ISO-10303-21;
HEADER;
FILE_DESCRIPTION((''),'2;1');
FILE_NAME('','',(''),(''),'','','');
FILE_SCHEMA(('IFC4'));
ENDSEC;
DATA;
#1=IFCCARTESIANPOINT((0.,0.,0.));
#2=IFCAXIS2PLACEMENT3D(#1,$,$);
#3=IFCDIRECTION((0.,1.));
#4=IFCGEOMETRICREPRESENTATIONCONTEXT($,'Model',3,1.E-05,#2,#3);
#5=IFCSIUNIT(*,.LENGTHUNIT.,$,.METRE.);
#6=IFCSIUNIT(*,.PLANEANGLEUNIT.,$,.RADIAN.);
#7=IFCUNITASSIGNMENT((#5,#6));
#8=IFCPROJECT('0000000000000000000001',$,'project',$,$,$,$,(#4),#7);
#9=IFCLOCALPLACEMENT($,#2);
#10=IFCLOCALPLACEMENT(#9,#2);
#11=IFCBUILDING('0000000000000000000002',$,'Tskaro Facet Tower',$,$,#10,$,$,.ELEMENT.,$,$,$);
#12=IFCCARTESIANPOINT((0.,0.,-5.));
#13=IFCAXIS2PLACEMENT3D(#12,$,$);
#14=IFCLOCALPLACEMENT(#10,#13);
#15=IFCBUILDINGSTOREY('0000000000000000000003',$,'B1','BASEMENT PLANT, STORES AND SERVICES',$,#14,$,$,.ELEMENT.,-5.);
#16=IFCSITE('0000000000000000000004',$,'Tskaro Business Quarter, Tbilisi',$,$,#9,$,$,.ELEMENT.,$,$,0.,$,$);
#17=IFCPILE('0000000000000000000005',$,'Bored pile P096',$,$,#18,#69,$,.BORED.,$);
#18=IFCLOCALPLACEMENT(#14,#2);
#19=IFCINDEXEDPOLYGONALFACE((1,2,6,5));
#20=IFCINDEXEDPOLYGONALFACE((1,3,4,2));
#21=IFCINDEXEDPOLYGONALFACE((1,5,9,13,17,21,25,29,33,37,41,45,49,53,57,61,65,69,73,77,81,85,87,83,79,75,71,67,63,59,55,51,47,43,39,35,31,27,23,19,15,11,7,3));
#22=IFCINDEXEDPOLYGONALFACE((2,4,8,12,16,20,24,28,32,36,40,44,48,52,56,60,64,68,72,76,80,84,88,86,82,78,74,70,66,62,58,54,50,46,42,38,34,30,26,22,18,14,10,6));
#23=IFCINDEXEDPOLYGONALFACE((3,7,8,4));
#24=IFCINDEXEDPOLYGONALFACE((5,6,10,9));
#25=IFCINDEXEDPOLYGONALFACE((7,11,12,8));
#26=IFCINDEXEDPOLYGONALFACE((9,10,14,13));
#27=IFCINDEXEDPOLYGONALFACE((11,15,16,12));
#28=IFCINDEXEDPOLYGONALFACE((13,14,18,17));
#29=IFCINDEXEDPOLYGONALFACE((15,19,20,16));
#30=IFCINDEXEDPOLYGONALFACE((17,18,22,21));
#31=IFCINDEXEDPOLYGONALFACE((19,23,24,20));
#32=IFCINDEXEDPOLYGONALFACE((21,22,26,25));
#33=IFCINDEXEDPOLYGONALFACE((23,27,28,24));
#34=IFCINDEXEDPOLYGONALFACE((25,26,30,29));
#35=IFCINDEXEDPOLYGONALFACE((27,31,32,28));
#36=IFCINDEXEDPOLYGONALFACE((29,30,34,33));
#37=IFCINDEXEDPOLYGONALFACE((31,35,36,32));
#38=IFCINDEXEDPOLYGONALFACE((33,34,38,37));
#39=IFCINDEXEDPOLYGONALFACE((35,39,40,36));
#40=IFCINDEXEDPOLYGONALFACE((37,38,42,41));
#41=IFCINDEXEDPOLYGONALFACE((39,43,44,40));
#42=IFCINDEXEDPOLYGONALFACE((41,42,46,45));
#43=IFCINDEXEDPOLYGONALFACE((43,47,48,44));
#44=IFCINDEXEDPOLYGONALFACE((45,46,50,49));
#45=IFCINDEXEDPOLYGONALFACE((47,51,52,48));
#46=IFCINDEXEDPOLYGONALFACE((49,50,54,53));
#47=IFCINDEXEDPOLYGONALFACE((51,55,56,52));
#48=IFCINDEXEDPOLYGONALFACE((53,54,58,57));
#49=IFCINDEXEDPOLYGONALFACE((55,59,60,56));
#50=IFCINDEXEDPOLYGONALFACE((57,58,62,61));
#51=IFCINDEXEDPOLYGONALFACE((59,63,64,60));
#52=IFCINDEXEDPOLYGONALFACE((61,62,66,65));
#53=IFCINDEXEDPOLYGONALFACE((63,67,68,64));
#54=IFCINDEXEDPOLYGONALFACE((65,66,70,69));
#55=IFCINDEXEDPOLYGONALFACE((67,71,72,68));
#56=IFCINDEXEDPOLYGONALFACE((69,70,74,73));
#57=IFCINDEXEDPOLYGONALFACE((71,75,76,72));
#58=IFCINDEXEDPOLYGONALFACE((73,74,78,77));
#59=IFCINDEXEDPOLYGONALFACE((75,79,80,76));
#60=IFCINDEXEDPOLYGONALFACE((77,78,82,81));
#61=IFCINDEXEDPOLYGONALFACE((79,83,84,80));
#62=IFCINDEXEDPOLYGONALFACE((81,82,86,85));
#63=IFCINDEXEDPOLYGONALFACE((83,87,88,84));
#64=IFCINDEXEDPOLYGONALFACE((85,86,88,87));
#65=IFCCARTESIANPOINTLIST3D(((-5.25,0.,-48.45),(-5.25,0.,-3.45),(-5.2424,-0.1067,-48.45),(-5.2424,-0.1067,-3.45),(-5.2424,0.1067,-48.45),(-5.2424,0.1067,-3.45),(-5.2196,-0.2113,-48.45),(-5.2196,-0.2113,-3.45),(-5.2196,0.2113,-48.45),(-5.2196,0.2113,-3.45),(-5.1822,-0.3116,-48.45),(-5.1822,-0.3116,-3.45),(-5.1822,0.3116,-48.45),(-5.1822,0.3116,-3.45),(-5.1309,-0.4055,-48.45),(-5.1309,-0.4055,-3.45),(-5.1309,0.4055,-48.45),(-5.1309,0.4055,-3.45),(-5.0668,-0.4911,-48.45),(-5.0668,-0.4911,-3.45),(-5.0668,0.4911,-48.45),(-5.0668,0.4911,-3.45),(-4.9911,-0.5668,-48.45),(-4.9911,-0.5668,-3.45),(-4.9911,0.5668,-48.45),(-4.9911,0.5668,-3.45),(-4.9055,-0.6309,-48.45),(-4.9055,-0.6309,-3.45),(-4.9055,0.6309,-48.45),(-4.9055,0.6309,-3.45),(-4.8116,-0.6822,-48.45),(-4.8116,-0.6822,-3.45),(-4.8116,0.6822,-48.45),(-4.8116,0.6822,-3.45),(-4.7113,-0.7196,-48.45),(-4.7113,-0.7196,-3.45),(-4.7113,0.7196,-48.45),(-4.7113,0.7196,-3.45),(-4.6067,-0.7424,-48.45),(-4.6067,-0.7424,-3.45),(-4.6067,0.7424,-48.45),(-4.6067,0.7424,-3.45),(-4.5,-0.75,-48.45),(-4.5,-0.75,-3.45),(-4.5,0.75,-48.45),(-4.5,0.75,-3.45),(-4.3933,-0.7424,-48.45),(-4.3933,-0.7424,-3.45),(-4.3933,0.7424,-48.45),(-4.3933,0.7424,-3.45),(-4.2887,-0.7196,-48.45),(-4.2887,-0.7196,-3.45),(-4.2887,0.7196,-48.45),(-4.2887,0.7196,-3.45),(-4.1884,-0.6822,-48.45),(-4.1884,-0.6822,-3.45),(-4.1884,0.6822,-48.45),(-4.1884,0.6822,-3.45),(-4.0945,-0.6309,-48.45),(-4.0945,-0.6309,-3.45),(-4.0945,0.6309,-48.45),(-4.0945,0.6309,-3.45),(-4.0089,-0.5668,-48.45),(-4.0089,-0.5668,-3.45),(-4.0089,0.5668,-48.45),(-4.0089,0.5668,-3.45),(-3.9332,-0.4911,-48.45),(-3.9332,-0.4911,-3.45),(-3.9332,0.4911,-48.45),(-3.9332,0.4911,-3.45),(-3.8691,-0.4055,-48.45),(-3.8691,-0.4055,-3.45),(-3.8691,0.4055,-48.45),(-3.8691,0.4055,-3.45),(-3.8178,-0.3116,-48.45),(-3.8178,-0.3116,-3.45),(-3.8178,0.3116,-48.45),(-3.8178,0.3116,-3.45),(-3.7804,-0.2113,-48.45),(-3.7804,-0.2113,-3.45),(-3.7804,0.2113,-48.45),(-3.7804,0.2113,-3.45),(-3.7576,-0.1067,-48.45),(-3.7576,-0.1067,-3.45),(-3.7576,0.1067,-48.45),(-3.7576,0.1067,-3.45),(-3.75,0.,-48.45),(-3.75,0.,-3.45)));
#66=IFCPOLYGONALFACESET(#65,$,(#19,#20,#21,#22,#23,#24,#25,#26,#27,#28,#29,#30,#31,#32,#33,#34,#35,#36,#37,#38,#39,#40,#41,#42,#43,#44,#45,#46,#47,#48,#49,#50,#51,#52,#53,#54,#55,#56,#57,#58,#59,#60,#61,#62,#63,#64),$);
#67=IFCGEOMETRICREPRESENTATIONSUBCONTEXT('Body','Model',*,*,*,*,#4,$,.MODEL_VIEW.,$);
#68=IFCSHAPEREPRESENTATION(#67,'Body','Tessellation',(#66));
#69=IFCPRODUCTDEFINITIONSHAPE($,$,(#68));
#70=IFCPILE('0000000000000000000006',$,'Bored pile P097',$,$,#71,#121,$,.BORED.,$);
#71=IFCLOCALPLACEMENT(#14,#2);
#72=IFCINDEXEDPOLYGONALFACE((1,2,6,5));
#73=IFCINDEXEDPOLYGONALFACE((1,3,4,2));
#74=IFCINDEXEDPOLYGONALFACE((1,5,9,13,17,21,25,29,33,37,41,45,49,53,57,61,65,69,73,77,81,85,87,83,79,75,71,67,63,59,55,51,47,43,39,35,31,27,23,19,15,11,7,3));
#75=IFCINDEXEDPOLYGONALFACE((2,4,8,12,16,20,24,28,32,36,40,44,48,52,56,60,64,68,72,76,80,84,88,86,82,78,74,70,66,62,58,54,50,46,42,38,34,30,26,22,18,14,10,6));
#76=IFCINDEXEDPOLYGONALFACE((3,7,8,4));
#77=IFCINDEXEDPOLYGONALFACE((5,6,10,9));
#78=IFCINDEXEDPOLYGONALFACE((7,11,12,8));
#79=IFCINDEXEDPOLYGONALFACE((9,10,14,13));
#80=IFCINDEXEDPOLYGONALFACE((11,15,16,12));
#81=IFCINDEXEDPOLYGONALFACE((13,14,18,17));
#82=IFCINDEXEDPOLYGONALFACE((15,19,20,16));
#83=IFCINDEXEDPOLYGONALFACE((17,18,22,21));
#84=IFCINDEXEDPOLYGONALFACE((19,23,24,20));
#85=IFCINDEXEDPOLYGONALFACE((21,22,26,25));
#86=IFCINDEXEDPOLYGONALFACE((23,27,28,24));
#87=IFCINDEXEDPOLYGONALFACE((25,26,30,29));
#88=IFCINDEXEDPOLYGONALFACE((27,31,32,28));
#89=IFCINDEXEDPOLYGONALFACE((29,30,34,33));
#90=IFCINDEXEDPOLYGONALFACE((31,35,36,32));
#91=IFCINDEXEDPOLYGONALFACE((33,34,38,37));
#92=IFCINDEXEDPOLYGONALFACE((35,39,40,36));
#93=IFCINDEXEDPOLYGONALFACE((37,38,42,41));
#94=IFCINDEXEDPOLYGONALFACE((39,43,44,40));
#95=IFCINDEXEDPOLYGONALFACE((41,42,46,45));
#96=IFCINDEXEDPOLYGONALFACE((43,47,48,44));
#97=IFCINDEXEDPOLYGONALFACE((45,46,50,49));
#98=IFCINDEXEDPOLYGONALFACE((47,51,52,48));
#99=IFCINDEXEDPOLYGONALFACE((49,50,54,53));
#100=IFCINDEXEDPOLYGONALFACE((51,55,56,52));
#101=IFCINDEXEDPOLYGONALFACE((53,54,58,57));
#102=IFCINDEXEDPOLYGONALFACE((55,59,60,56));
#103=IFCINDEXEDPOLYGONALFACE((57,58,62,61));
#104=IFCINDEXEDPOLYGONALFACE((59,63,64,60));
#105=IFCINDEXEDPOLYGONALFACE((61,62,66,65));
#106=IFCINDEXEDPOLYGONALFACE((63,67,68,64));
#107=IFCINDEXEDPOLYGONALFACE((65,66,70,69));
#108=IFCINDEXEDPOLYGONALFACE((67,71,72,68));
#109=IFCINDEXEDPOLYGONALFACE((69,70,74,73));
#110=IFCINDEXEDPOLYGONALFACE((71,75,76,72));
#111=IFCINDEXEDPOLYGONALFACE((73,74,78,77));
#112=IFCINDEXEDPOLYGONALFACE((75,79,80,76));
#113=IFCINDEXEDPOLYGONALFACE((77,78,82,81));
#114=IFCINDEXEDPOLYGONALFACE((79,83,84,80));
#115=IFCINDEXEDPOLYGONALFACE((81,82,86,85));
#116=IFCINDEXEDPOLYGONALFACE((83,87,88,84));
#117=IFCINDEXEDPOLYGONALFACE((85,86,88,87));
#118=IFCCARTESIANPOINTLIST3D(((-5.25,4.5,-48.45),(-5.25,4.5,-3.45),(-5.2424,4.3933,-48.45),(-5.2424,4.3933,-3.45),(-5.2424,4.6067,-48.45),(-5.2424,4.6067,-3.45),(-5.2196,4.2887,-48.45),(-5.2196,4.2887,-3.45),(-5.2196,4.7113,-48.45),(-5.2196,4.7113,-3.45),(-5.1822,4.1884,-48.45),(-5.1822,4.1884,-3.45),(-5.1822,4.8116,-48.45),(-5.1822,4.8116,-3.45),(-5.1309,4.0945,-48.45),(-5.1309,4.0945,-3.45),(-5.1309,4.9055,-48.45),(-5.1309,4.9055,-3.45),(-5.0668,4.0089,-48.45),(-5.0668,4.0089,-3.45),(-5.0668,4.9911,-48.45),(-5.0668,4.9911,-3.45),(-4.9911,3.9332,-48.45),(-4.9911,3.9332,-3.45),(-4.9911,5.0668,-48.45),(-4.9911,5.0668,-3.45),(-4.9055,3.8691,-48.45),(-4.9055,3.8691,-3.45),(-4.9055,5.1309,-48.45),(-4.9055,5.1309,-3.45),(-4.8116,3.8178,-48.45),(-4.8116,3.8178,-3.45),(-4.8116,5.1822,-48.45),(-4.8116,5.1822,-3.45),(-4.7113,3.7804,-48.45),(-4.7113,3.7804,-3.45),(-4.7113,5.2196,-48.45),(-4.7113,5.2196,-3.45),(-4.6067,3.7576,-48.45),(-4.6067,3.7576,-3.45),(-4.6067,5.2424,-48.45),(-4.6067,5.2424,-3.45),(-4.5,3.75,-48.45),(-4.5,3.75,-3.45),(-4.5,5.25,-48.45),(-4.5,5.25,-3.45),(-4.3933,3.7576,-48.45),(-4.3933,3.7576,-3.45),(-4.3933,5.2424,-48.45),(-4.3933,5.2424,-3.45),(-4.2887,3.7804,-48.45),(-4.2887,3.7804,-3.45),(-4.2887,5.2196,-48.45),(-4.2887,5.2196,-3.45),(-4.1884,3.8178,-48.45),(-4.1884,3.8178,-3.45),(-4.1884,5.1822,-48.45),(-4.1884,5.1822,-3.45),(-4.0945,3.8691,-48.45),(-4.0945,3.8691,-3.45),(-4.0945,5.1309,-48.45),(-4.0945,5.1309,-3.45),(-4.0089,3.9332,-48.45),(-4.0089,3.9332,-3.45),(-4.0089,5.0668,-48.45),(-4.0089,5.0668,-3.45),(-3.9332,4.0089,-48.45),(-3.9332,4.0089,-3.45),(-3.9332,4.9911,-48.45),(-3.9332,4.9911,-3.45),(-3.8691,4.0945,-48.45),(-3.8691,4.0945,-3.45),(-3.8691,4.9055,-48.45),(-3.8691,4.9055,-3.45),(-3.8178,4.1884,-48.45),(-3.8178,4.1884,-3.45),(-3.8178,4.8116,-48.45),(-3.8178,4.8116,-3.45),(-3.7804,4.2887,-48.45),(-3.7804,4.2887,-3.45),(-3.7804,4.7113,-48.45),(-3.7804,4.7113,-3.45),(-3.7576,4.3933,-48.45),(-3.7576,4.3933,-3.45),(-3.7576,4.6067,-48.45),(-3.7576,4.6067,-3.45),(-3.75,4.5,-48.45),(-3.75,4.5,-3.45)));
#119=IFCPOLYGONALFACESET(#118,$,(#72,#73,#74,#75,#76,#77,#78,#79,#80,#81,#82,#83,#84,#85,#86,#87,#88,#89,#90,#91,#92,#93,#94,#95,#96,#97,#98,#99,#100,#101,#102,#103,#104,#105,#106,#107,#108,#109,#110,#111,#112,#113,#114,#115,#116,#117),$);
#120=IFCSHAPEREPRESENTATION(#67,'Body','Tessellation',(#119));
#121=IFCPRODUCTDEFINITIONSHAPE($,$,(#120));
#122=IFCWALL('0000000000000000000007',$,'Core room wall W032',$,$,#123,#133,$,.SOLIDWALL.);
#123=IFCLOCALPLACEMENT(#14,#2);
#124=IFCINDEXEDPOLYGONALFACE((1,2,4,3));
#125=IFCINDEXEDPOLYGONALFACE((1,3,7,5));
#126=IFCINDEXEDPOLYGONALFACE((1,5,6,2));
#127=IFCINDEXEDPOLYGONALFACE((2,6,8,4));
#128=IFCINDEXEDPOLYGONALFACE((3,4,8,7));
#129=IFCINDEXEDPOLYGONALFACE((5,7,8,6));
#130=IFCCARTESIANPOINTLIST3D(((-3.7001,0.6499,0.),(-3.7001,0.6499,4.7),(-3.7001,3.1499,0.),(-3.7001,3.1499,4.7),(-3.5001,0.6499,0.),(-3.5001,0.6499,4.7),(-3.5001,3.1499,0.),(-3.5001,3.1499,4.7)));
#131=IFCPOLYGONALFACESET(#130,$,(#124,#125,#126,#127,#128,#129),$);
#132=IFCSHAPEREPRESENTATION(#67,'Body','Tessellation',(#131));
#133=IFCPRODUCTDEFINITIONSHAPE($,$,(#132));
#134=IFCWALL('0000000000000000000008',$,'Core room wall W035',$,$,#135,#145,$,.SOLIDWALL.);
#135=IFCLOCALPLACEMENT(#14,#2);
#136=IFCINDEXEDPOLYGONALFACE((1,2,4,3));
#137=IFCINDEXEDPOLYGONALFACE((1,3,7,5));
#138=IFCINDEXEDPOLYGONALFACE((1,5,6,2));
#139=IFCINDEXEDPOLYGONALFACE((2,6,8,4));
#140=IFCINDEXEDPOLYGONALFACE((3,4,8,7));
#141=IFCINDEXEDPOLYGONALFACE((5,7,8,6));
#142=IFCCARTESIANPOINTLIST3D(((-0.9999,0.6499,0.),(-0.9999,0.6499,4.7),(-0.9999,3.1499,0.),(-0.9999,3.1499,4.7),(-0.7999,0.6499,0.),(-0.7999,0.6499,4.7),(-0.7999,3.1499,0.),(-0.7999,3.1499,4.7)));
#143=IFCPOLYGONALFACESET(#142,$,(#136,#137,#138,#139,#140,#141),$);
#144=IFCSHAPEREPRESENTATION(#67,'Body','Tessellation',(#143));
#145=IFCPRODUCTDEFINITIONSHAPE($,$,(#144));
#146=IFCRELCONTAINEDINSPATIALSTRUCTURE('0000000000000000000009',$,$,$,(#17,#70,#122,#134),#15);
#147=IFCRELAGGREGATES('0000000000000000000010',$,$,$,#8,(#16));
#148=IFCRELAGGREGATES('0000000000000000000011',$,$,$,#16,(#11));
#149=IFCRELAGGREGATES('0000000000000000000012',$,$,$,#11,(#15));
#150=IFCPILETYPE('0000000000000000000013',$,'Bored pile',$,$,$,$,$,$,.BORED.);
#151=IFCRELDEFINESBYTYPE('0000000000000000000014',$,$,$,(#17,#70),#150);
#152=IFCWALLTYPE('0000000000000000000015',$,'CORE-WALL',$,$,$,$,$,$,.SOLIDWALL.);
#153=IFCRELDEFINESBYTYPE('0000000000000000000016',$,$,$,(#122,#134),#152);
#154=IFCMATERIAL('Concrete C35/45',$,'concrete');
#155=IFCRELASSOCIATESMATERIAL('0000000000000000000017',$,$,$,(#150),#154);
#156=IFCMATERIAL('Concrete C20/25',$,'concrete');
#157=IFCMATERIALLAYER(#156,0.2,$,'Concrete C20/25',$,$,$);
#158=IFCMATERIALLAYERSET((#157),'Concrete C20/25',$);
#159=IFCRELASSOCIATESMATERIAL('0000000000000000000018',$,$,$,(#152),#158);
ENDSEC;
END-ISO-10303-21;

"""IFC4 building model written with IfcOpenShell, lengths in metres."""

from ifc_helpers import new_model, si_unit, direction, frame, frame_2d, origin, origin_2d, place, context, subcontext, project, spatial, rectangle, circle, extrude, material, layer, layer_set, material_profile, profile_set, type_object, element, save


model = new_model("IFC4")

# Units and contexts
model_context = context("Model", 3, precision=1e-05, world=origin(), true_north=direction((0.0, 1.0)))
body_context = subcontext(model_context, "Body", "Model", "MODEL_VIEW")
ifc_project = project(units=[si_unit("LENGTHUNIT", "METRE"), si_unit("PLANEANGLEUNIT", "RADIAN")], contexts=[model_context])

# Site, building, storey
site_placement = place(None, origin())
site = spatial("IfcSite", under=ifc_project, at=site_placement, Name="Tskaro Business Quarter, Tbilisi", CompositionType="ELEMENT", RefElevation=0.0)
building_placement = place(site_placement, origin())
building = spatial("IfcBuilding", under=site, at=building_placement, Name="Tskaro Facet Tower", CompositionType="ELEMENT")
storey_placement = place(building_placement, frame((0.0, 0.0, -5.0)))
storey = spatial("IfcBuildingStorey", under=building, at=storey_placement, Name="B1", Description="BASEMENT PLANT, STORES AND SERVICES", CompositionType="ELEMENT", Elevation=-5.0)

# Piles
ifc_material_1 = material(Name="Concrete C35/45", Category="concrete")
ifc_material_profile = material_profile(ifc_material_1, circle(Radius=0.75, at=origin_2d()), Name="Bored pile")
ifc_profile_set = profile_set([ifc_material_profile], Name="Concrete C35/45")
pile_type = type_object("IfcPileType", Name="Bored pile", PredefinedType="BORED", material=ifc_profile_set)
for number, where, z_axis, x_axis, name in (
    (1, (-4.5, 0.0, -3.45), (0.0, 0.0, -1.0), (1.0, 0.0, 0.0), "Bored pile P096"),
    (2, (-4.5, 4.5, -3.45), (0.0, 0.0, -1.0), (1.0, 0.0, 0.0), "Bored pile P097"),
):
    element("IfcPile", number, at=place(storey_placement, frame(where, z_axis=z_axis, x_axis=x_axis)), inside=storey, type_object=pile_type, Name=name, PredefinedType="BORED", context=body_context, shape_type="SweptSolid", body=[
        extrude(circle(Radius=0.75, at=origin_2d()), origin(), (0.0, 0.0, 1.0), 45.0),
    ])

# Walls
ifc_material_2 = material(Name="Concrete C20/25", Category="concrete")
ifc_layer_1 = layer(ifc_material_2, 0.2, Name="Concrete C20/25")
ifc_layer_set_1 = layer_set([ifc_layer_1], Name="Concrete C20/25")
wall_type_1 = type_object("IfcWallType", Name="CORE-WALL", PredefinedType="SOLIDWALL", material=ifc_layer_set_1)
for number, where, z_axis, x_axis, name in (
    (3, (-3.6001, 0.6499, 0.0), (0.0, 0.0, 1.0), (0.0, 1.0, 0.0), "Core room wall W032"),
    (4, (-0.8999, 0.6499, 0.0), (0.0, 0.0, 1.0), (0.0, 1.0, 0.0), "Core room wall W035"),
):
    element("IfcWall", number, at=place(storey_placement, frame(where, z_axis=z_axis, x_axis=x_axis)), inside=storey, type_object=wall_type_1, Name=name, PredefinedType="SOLIDWALL", context=body_context, shape_type="SweptSolid", body=[
        extrude(rectangle(XDim=2.5, YDim=0.2, at=frame_2d((1.25, 0.0))), origin(), (0.0, 0.0, 1.0), 4.7),
    ])

save(model, "model.ifc")
